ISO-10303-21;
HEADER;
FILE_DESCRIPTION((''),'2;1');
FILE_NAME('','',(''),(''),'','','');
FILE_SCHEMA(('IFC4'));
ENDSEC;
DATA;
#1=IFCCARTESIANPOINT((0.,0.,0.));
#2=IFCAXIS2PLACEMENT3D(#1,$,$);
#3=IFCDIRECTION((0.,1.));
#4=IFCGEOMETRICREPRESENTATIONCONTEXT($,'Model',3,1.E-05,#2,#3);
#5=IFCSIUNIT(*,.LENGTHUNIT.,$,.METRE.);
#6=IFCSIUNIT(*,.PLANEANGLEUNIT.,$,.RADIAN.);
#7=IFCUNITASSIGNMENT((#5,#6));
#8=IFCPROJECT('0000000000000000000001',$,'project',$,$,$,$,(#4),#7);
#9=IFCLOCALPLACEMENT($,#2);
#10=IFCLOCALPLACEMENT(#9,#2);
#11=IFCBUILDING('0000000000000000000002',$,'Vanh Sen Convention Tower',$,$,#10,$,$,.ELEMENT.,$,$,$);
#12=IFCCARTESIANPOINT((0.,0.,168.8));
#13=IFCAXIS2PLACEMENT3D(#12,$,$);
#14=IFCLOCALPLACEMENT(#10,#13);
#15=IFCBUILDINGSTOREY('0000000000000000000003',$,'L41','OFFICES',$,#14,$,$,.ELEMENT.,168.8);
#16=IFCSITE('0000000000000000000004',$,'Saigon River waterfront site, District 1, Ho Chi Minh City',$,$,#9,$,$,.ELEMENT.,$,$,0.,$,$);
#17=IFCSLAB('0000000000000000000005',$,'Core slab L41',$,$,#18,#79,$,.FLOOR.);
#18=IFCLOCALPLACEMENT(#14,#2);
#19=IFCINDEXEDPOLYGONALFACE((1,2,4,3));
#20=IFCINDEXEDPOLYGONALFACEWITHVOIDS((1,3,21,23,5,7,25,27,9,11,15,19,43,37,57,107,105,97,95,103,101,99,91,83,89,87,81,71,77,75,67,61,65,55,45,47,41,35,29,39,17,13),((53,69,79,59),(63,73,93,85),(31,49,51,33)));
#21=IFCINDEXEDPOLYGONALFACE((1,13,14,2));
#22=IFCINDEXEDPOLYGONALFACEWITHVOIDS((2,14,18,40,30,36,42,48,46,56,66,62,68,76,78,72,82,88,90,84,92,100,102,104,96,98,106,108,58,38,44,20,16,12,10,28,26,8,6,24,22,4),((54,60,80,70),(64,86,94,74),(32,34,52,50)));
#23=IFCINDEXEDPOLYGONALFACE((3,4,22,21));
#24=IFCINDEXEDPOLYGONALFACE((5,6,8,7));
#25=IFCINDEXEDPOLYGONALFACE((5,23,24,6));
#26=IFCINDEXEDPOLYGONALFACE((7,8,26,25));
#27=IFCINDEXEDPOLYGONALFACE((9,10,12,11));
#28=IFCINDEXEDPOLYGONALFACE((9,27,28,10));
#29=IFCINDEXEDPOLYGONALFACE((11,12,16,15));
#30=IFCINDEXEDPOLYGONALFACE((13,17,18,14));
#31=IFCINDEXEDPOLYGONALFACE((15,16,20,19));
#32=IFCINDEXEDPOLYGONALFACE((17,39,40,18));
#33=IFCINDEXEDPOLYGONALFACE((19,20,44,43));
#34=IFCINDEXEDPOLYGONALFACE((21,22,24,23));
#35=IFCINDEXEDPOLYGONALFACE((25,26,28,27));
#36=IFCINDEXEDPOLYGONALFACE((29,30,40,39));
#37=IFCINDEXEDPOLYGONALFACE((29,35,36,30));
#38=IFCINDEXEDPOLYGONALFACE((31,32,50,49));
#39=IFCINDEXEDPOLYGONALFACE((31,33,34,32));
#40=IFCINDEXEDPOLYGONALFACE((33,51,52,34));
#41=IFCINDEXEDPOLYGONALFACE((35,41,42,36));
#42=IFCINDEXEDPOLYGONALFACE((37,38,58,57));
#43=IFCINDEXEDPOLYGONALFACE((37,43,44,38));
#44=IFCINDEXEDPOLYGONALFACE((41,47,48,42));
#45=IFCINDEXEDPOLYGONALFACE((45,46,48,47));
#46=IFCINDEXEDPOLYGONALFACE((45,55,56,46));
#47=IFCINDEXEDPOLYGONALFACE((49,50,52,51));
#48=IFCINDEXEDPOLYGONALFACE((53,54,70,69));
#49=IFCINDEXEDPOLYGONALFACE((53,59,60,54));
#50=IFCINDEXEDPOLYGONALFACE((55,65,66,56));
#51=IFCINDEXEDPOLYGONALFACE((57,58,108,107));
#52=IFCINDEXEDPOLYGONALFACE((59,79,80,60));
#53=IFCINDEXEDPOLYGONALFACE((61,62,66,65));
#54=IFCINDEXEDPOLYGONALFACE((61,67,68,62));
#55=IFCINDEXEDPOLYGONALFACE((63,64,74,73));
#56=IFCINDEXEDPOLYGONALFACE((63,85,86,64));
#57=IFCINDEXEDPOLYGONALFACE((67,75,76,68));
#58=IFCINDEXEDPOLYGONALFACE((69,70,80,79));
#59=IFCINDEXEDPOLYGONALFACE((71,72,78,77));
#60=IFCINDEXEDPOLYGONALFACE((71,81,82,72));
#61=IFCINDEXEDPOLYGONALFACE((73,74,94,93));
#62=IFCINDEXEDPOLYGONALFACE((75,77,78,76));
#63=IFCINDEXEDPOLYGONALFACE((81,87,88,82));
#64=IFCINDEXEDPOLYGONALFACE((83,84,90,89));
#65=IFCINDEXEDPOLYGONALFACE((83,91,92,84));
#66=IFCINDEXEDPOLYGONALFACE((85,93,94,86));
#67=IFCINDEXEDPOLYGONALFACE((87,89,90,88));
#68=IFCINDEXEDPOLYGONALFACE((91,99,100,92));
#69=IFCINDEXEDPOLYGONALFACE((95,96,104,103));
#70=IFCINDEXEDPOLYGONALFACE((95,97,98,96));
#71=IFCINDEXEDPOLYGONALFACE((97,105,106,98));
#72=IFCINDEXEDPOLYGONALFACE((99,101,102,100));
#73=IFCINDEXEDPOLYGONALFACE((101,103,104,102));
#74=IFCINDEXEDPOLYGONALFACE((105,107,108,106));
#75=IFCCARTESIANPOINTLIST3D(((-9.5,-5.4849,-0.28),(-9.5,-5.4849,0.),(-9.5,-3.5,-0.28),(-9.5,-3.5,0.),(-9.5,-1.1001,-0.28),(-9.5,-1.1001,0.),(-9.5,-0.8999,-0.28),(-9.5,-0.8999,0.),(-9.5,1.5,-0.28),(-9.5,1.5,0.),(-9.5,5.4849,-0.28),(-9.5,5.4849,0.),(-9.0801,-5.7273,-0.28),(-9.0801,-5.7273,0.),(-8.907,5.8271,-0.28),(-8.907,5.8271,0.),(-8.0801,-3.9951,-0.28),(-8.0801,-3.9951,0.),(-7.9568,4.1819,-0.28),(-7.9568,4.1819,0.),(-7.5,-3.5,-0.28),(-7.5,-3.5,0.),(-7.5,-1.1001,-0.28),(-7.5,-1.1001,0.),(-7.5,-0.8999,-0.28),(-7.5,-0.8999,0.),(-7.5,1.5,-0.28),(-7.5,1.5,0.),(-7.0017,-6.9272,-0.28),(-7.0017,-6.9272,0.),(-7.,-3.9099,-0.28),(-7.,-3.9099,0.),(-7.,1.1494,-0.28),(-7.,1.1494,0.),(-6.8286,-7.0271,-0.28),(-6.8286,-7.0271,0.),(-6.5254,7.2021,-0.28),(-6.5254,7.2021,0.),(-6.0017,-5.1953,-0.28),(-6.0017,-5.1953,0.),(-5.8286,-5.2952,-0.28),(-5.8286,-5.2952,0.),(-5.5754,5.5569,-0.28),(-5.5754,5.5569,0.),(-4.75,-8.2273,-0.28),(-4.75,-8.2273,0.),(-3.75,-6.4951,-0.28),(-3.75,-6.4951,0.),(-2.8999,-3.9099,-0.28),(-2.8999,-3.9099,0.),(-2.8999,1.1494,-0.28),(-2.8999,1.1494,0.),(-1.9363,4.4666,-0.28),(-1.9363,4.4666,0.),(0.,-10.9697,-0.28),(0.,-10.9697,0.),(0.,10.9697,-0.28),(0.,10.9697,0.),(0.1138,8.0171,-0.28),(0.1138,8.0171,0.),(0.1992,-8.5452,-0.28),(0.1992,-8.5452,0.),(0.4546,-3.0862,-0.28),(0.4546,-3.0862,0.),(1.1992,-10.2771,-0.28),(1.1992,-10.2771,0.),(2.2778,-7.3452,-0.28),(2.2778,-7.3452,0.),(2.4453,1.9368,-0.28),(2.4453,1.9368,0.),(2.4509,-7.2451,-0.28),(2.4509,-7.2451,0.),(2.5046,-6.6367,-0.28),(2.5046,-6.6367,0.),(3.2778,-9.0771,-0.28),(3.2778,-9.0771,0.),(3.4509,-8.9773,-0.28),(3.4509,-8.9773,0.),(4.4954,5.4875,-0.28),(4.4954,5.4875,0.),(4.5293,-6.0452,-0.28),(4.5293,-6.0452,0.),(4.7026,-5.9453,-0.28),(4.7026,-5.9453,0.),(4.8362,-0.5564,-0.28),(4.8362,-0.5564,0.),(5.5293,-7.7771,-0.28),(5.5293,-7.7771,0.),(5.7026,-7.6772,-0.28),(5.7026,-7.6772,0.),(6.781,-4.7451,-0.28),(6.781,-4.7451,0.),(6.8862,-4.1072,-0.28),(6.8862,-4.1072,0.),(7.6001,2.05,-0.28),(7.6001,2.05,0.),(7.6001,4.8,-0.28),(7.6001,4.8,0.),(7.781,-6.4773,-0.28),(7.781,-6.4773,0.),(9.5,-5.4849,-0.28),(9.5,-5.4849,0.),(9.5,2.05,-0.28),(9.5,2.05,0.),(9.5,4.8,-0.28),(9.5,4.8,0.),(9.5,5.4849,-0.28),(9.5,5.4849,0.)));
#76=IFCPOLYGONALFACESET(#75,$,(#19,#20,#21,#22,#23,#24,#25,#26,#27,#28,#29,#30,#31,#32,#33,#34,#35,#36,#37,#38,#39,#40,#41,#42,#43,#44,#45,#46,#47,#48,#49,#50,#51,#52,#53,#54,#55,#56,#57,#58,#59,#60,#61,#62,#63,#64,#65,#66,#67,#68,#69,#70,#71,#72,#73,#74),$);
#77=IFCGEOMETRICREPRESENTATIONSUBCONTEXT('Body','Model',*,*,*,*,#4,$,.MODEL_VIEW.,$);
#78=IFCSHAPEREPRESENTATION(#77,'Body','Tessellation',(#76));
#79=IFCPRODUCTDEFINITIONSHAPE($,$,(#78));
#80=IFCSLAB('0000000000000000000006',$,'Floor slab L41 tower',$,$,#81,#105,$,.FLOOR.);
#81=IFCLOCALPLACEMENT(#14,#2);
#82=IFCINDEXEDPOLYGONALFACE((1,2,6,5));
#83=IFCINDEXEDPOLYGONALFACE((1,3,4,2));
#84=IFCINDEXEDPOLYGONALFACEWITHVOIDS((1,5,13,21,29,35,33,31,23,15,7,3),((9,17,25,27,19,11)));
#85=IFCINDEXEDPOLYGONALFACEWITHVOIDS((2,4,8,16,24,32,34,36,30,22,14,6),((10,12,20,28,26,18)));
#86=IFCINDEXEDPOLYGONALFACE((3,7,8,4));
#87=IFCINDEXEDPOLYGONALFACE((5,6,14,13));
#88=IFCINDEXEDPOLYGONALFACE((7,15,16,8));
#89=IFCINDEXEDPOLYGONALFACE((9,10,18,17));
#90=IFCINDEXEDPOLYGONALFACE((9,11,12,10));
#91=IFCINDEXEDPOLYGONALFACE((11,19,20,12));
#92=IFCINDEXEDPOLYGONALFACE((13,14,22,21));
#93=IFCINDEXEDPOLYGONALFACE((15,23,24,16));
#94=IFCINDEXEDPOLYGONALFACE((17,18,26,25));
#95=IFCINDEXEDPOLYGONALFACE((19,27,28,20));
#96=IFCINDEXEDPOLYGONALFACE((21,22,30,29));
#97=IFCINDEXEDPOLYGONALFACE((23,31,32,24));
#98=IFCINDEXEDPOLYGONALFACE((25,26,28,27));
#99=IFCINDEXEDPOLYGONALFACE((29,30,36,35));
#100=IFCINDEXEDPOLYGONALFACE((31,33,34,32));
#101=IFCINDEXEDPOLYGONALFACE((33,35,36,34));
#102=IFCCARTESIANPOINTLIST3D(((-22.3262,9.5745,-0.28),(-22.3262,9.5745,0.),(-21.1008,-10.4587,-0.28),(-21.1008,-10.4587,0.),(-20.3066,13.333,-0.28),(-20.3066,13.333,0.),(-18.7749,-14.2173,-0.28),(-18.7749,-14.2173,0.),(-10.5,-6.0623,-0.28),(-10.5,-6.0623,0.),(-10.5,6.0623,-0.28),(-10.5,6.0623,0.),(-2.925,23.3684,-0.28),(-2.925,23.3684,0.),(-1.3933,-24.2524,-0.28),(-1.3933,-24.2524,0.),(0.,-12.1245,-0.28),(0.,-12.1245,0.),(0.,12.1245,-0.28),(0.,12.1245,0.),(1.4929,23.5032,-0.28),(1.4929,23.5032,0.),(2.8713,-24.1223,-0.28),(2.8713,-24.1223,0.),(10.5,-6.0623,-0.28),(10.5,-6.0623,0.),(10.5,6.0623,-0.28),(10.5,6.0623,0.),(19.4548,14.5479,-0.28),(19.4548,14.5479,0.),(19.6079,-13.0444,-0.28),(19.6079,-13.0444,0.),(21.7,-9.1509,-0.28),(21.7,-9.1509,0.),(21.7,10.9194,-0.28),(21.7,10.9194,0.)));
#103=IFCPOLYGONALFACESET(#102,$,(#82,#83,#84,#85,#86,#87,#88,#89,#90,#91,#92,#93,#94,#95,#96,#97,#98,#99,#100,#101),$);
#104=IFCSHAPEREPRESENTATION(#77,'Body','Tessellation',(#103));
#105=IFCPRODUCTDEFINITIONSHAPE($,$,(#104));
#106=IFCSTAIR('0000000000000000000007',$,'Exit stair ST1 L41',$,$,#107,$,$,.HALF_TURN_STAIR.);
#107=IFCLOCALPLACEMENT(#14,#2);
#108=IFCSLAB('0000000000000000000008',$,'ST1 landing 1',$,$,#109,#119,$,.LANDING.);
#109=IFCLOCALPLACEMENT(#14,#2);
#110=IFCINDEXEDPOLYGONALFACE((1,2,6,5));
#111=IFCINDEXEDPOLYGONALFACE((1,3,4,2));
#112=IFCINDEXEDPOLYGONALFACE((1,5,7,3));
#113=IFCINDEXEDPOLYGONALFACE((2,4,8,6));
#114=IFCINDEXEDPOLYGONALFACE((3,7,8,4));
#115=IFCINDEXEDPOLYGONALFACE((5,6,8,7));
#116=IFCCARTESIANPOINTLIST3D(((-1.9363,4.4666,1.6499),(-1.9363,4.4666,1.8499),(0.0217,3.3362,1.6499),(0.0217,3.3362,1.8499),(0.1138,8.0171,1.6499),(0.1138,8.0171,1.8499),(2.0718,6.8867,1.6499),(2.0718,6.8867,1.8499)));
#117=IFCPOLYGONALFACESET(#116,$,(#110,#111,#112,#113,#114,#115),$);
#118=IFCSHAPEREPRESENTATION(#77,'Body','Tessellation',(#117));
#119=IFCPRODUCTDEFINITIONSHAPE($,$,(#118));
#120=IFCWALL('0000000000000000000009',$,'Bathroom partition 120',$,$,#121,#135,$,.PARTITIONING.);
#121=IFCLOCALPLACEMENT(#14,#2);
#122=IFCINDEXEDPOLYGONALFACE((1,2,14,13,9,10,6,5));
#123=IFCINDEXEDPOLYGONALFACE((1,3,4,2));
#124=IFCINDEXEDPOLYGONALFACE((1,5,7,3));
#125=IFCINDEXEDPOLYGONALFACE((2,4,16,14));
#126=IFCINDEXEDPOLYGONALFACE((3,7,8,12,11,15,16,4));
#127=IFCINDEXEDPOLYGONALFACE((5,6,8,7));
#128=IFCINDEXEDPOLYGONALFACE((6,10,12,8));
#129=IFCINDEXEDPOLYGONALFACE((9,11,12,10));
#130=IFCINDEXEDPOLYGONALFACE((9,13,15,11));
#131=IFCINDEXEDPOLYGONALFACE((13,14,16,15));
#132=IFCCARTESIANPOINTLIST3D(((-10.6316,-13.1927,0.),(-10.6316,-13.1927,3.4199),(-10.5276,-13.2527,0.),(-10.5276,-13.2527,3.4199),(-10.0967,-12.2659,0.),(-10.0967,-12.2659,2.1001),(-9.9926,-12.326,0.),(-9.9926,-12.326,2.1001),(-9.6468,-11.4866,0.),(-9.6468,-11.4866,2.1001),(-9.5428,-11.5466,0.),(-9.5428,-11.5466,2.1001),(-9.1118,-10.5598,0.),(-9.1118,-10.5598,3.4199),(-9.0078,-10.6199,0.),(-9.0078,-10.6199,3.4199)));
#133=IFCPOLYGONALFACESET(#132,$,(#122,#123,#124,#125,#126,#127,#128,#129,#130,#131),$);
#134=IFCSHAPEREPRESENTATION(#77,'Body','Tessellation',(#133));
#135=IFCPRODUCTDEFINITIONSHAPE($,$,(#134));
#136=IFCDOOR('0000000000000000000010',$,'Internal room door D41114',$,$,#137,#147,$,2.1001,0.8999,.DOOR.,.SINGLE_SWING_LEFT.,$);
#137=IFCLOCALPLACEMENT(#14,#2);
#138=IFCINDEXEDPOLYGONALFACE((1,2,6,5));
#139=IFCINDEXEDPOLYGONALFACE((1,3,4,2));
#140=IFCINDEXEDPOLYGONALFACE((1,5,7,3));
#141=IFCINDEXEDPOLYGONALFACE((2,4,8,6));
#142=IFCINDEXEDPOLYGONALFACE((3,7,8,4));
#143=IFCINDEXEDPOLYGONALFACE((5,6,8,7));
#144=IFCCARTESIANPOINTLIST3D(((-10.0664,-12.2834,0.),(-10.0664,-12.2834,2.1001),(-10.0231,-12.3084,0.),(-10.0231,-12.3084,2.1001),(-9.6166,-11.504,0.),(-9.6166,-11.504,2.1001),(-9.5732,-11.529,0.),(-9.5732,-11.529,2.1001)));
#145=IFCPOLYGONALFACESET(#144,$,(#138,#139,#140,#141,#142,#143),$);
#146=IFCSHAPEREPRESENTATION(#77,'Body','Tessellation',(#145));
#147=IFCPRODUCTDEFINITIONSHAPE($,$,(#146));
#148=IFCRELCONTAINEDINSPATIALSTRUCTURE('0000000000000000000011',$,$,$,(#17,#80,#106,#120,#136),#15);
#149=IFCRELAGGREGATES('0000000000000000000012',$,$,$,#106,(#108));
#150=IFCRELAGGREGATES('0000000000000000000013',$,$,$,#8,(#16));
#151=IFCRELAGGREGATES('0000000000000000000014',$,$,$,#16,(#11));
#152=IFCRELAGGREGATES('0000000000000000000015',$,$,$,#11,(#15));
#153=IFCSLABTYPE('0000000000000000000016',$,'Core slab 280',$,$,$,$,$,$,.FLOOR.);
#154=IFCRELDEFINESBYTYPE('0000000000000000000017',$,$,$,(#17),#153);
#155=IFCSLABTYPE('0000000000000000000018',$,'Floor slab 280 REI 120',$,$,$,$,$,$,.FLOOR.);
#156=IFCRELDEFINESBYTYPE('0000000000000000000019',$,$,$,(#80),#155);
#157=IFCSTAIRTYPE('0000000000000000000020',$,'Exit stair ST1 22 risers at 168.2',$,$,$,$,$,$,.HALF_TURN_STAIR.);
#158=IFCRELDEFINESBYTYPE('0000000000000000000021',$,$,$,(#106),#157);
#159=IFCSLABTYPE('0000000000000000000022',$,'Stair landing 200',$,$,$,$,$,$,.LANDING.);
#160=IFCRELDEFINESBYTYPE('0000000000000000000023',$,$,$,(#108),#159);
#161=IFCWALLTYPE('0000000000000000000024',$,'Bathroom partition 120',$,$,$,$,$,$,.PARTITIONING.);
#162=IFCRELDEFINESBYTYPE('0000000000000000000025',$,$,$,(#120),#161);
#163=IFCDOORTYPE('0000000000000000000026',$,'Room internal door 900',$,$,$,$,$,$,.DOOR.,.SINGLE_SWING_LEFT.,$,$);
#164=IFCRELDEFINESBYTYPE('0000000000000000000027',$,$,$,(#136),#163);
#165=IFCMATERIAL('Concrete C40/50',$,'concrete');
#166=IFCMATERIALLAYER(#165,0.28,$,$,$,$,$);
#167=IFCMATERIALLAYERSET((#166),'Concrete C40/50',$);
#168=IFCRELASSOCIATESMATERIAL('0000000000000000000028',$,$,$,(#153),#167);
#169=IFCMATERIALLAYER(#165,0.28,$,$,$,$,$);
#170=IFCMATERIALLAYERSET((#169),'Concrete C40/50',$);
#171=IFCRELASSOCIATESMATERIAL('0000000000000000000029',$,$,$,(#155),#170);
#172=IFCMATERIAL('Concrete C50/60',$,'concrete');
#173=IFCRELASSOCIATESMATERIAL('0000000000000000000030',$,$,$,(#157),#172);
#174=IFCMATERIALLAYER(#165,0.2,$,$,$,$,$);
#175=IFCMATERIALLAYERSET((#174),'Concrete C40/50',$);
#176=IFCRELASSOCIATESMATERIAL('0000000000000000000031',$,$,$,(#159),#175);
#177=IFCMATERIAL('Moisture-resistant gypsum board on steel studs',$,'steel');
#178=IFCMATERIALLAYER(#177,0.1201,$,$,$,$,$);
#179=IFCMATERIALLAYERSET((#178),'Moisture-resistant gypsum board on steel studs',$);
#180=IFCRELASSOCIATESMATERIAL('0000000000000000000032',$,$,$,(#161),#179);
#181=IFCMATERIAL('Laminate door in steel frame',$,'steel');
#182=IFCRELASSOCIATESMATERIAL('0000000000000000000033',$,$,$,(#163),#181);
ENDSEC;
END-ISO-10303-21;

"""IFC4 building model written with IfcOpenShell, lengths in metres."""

from ifc_helpers import new_model, si_unit, direction, frame, frame_2d, origin, place, context, subcontext, project, spatial, polyline, rectangle, outline, extrude, material, layer, layer_set, type_object, element, fill, aggregate, save


model = new_model("IFC4")

# Units and contexts
model_context = context("Model", 3, precision=1e-05, world=origin(), true_north=direction((0.0, 1.0)))
body_context = subcontext(model_context, "Body", "Model", "MODEL_VIEW")
ifc_project = project(units=[si_unit("LENGTHUNIT", "METRE"), si_unit("PLANEANGLEUNIT", "RADIAN")], contexts=[model_context])

# Site, building, storey
site_placement = place(None, origin())
site = spatial("IfcSite", under=ifc_project, at=site_placement, Name="Saigon River waterfront site, District 1, Ho Chi Minh City", CompositionType="ELEMENT", RefElevation=0.0)
building_placement = place(site_placement, origin())
building = spatial("IfcBuilding", under=site, at=building_placement, Name="Vanh Sen Convention Tower", CompositionType="ELEMENT")
storey_placement = place(building_placement, frame((0.0, 0.0, 168.8)))
storey = spatial("IfcBuildingStorey", under=building, at=storey_placement, Name="L41", Description="OFFICES", CompositionType="ELEMENT", Elevation=168.8)

# Slabs
ifc_material_1 = material(Name="Concrete C40/50", Category="concrete")
ifc_layer_1 = layer(ifc_material_1, 0.28)
ifc_layer_set_1 = layer_set([ifc_layer_1], Name="Concrete C40/50")
slab_type_1 = type_object("IfcSlabType", Name="Core slab 280", PredefinedType="FLOOR", material=ifc_layer_set_1)
slab_1_placement = place(storey_placement, frame((0.0, 0.0, -0.28)))
element("IfcSlab", 1, at=slab_1_placement, inside=storey, type_object=slab_type_1, Name="Core slab L41", PredefinedType="FLOOR", context=body_context, shape_type="SweptSolid", body=[
    extrude(outline(polyline([(0.0, 10.9697), (9.5, 5.4849), (9.5, 4.8), (7.6001, 4.8), (7.6001, 2.05), (9.5, 2.05), (9.5, -5.4849), (7.781, -6.4773), (6.781, -4.7451), (4.7026, -5.9453), (5.7026, -7.6772), (5.5293, -7.7771), (4.5293, -6.0452), (2.4509, -7.2451), (3.4509, -8.9773), (3.2778, -9.0771), (2.2778, -7.3452), (0.1992, -8.5452), (1.1992, -10.2771), (0.0, -10.9697), (-4.75, -8.2273), (-3.75, -6.4951), (-5.8286, -5.2952), (-6.8286, -7.0271), (-7.0017, -6.9272), (-6.0017, -5.1953), (-8.0801, -3.9951), (-9.0801, -5.7273), (-9.5, -5.4849), (-9.5, -3.5), (-7.5, -3.5), (-7.5, -1.1001), (-9.5, -1.1001), (-9.5, -0.8999), (-7.5, -0.8999), (-7.5, 1.5), (-9.5, 1.5), (-9.5, 5.4849), (-8.907, 5.8271), (-7.9568, 4.1819), (-5.5754, 5.5569), (-6.5254, 7.2021), (0.0, 10.9697)]), holes=[polyline([(-7.0, 1.1494), (-7.0, -3.9099), (-2.8999, -3.9099), (-2.8999, 1.1494), (-7.0, 1.1494)]), polyline([(2.5046, -6.6367), (6.8862, -4.1072), (4.8362, -0.5564), (0.4546, -3.0862), (2.5046, -6.6367)]), polyline([(0.1138, 8.0171), (-1.9363, 4.4666), (2.4453, 1.9368), (4.4954, 5.4875), (0.1138, 8.0171)])]), origin(), (0.0, 0.0, 1.0), 0.28),
])
ifc_layer_2 = layer(ifc_material_1, 0.28)
ifc_layer_set_2 = layer_set([ifc_layer_2], Name="Concrete C40/50")
slab_type_2 = type_object("IfcSlabType", Name="Floor slab 280 REI 120", PredefinedType="FLOOR", material=ifc_layer_set_2)
slab_2_placement = place(storey_placement, frame((0.0, 0.0, -0.28)))
element("IfcSlab", 2, at=slab_2_placement, inside=storey, type_object=slab_type_2, Name="Floor slab L41 tower", PredefinedType="FLOOR", context=body_context, shape_type="SweptSolid", body=[
    extrude(outline(polyline([(21.7, -9.1509), (21.7, 10.9194), (19.4548, 14.5479), (1.4929, 23.5032), (-2.925, 23.3684), (-20.3066, 13.333), (-22.3262, 9.5745), (-21.1008, -10.4587), (-18.7749, -14.2173), (-1.3933, -24.2524), (2.8713, -24.1223), (19.6079, -13.0444), (21.7, -9.1509)]), holes=[polyline([(0.0, 12.1245), (-10.5, 6.0623), (-10.5, -6.0623), (0.0, -12.1245), (10.5, -6.0623), (10.5, 6.0623), (0.0, 12.1245)])]), origin(), (0.0, 0.0, 1.0), 0.28),
])

# Stair, slab
ifc_material_2 = material(Name="Concrete C50/60", Category="concrete")
stair_type = type_object("IfcStairType", Name="Exit stair ST1 22 risers at 168.2", PredefinedType="HALF_TURN_STAIR", material=ifc_material_2)
stair_placement = place(storey_placement, origin())
stair = element("IfcStair", 3, at=stair_placement, inside=storey, type_object=stair_type, Name="Exit stair ST1 L41", PredefinedType="HALF_TURN_STAIR")
ifc_layer_3 = layer(ifc_material_1, 0.2)
ifc_layer_set_3 = layer_set([ifc_layer_3], Name="Concrete C40/50")
slab_type_3 = type_object("IfcSlabType", Name="Stair landing 200", PredefinedType="LANDING", material=ifc_layer_set_3)
slab_3_placement = place(storey_placement, frame((0.0, 0.0, 1.6499)))
slab_3 = element("IfcSlab", 4, at=slab_3_placement, type_object=slab_type_3, Name="ST1 landing 1", PredefinedType="LANDING", context=body_context, shape_type="SweptSolid", body=[
    extrude(outline(polyline([(2.0718, 6.8867), (0.1138, 8.0171), (-1.9363, 4.4666), (0.0217, 3.3362), (2.0718, 6.8867)])), origin(), (0.0, 0.0, 1.0), 0.2),
])
aggregate(stair, [slab_3])

# Wall, opening, door
ifc_material_3 = material(Name="Moisture-resistant gypsum board on steel studs", Category="steel")
ifc_layer_4 = layer(ifc_material_3, 0.1201)
ifc_layer_set_4 = layer_set([ifc_layer_4], Name="Moisture-resistant gypsum board on steel studs")
wall_type_1 = type_object("IfcWallType", Name="Bathroom partition 120", PredefinedType="PARTITIONING", material=ifc_layer_set_4)
wall_1_placement = place(storey_placement, frame((-9.0598, -10.5898, 0.0), z_axis=(0.0, 0.0, 1.0), x_axis=(-0.499931, -0.866065, 0.0)))
wall_1 = element("IfcWall", 5, at=wall_1_placement, inside=storey, type_object=wall_type_1, Name="Bathroom partition 120", PredefinedType="PARTITIONING", context=body_context, shape_type="SweptSolid", body=[
    extrude(rectangle(XDim=3.04, YDim=0.1201, at=frame_2d((1.52, 0.0))), origin(), (0.0, 0.0, 1.0), 3.4199),
])
opening_1_placement = place(wall_1_placement, frame((1.0701, 0.0, 0.0)))
opening_1 = element("IfcOpeningElement", 6, at=opening_1_placement, cuts=wall_1, PredefinedType="OPENING", context=body_context, shape_type="SweptSolid", body=[
    extrude(rectangle(XDim=0.8999, YDim=2.1001, at=frame_2d((0.45, 1.05))), frame((0.0, 0.0701, 0.0), z_axis=(0.0, -1.0, 0.0), x_axis=(1.0, 0.0, 0.0)), (0.0, 0.0, 1.0), 0.1401),
])
ifc_material_4 = material(Name="Laminate door in steel frame", Category="steel")
door_type_1 = type_object("IfcDoorType", Name="Room internal door 900", OperationType="SINGLE_SWING_LEFT", PredefinedType="DOOR", material=ifc_material_4)
door_1_placement = place(opening_1_placement, origin())
door_1 = element("IfcDoor", 7, at=door_1_placement, inside=storey, type_object=door_type_1, Name="Internal room door D41114", OperationType="SINGLE_SWING_LEFT", OverallHeight=2.1001, OverallWidth=0.8999, PredefinedType="DOOR", context=body_context, shape_type="SweptSolid", body=[
    extrude(rectangle(XDim=0.8999, YDim=2.1001, at=frame_2d((0.45, 1.05))), frame((0.0, 0.0249, 0.0), z_axis=(0.0, -1.0, 0.0), x_axis=(1.0, 0.0, 0.0)), (0.0, 0.0, 1.0), 0.05),
])
fill(opening_1, door_1)

save(model, "model.ifc")
